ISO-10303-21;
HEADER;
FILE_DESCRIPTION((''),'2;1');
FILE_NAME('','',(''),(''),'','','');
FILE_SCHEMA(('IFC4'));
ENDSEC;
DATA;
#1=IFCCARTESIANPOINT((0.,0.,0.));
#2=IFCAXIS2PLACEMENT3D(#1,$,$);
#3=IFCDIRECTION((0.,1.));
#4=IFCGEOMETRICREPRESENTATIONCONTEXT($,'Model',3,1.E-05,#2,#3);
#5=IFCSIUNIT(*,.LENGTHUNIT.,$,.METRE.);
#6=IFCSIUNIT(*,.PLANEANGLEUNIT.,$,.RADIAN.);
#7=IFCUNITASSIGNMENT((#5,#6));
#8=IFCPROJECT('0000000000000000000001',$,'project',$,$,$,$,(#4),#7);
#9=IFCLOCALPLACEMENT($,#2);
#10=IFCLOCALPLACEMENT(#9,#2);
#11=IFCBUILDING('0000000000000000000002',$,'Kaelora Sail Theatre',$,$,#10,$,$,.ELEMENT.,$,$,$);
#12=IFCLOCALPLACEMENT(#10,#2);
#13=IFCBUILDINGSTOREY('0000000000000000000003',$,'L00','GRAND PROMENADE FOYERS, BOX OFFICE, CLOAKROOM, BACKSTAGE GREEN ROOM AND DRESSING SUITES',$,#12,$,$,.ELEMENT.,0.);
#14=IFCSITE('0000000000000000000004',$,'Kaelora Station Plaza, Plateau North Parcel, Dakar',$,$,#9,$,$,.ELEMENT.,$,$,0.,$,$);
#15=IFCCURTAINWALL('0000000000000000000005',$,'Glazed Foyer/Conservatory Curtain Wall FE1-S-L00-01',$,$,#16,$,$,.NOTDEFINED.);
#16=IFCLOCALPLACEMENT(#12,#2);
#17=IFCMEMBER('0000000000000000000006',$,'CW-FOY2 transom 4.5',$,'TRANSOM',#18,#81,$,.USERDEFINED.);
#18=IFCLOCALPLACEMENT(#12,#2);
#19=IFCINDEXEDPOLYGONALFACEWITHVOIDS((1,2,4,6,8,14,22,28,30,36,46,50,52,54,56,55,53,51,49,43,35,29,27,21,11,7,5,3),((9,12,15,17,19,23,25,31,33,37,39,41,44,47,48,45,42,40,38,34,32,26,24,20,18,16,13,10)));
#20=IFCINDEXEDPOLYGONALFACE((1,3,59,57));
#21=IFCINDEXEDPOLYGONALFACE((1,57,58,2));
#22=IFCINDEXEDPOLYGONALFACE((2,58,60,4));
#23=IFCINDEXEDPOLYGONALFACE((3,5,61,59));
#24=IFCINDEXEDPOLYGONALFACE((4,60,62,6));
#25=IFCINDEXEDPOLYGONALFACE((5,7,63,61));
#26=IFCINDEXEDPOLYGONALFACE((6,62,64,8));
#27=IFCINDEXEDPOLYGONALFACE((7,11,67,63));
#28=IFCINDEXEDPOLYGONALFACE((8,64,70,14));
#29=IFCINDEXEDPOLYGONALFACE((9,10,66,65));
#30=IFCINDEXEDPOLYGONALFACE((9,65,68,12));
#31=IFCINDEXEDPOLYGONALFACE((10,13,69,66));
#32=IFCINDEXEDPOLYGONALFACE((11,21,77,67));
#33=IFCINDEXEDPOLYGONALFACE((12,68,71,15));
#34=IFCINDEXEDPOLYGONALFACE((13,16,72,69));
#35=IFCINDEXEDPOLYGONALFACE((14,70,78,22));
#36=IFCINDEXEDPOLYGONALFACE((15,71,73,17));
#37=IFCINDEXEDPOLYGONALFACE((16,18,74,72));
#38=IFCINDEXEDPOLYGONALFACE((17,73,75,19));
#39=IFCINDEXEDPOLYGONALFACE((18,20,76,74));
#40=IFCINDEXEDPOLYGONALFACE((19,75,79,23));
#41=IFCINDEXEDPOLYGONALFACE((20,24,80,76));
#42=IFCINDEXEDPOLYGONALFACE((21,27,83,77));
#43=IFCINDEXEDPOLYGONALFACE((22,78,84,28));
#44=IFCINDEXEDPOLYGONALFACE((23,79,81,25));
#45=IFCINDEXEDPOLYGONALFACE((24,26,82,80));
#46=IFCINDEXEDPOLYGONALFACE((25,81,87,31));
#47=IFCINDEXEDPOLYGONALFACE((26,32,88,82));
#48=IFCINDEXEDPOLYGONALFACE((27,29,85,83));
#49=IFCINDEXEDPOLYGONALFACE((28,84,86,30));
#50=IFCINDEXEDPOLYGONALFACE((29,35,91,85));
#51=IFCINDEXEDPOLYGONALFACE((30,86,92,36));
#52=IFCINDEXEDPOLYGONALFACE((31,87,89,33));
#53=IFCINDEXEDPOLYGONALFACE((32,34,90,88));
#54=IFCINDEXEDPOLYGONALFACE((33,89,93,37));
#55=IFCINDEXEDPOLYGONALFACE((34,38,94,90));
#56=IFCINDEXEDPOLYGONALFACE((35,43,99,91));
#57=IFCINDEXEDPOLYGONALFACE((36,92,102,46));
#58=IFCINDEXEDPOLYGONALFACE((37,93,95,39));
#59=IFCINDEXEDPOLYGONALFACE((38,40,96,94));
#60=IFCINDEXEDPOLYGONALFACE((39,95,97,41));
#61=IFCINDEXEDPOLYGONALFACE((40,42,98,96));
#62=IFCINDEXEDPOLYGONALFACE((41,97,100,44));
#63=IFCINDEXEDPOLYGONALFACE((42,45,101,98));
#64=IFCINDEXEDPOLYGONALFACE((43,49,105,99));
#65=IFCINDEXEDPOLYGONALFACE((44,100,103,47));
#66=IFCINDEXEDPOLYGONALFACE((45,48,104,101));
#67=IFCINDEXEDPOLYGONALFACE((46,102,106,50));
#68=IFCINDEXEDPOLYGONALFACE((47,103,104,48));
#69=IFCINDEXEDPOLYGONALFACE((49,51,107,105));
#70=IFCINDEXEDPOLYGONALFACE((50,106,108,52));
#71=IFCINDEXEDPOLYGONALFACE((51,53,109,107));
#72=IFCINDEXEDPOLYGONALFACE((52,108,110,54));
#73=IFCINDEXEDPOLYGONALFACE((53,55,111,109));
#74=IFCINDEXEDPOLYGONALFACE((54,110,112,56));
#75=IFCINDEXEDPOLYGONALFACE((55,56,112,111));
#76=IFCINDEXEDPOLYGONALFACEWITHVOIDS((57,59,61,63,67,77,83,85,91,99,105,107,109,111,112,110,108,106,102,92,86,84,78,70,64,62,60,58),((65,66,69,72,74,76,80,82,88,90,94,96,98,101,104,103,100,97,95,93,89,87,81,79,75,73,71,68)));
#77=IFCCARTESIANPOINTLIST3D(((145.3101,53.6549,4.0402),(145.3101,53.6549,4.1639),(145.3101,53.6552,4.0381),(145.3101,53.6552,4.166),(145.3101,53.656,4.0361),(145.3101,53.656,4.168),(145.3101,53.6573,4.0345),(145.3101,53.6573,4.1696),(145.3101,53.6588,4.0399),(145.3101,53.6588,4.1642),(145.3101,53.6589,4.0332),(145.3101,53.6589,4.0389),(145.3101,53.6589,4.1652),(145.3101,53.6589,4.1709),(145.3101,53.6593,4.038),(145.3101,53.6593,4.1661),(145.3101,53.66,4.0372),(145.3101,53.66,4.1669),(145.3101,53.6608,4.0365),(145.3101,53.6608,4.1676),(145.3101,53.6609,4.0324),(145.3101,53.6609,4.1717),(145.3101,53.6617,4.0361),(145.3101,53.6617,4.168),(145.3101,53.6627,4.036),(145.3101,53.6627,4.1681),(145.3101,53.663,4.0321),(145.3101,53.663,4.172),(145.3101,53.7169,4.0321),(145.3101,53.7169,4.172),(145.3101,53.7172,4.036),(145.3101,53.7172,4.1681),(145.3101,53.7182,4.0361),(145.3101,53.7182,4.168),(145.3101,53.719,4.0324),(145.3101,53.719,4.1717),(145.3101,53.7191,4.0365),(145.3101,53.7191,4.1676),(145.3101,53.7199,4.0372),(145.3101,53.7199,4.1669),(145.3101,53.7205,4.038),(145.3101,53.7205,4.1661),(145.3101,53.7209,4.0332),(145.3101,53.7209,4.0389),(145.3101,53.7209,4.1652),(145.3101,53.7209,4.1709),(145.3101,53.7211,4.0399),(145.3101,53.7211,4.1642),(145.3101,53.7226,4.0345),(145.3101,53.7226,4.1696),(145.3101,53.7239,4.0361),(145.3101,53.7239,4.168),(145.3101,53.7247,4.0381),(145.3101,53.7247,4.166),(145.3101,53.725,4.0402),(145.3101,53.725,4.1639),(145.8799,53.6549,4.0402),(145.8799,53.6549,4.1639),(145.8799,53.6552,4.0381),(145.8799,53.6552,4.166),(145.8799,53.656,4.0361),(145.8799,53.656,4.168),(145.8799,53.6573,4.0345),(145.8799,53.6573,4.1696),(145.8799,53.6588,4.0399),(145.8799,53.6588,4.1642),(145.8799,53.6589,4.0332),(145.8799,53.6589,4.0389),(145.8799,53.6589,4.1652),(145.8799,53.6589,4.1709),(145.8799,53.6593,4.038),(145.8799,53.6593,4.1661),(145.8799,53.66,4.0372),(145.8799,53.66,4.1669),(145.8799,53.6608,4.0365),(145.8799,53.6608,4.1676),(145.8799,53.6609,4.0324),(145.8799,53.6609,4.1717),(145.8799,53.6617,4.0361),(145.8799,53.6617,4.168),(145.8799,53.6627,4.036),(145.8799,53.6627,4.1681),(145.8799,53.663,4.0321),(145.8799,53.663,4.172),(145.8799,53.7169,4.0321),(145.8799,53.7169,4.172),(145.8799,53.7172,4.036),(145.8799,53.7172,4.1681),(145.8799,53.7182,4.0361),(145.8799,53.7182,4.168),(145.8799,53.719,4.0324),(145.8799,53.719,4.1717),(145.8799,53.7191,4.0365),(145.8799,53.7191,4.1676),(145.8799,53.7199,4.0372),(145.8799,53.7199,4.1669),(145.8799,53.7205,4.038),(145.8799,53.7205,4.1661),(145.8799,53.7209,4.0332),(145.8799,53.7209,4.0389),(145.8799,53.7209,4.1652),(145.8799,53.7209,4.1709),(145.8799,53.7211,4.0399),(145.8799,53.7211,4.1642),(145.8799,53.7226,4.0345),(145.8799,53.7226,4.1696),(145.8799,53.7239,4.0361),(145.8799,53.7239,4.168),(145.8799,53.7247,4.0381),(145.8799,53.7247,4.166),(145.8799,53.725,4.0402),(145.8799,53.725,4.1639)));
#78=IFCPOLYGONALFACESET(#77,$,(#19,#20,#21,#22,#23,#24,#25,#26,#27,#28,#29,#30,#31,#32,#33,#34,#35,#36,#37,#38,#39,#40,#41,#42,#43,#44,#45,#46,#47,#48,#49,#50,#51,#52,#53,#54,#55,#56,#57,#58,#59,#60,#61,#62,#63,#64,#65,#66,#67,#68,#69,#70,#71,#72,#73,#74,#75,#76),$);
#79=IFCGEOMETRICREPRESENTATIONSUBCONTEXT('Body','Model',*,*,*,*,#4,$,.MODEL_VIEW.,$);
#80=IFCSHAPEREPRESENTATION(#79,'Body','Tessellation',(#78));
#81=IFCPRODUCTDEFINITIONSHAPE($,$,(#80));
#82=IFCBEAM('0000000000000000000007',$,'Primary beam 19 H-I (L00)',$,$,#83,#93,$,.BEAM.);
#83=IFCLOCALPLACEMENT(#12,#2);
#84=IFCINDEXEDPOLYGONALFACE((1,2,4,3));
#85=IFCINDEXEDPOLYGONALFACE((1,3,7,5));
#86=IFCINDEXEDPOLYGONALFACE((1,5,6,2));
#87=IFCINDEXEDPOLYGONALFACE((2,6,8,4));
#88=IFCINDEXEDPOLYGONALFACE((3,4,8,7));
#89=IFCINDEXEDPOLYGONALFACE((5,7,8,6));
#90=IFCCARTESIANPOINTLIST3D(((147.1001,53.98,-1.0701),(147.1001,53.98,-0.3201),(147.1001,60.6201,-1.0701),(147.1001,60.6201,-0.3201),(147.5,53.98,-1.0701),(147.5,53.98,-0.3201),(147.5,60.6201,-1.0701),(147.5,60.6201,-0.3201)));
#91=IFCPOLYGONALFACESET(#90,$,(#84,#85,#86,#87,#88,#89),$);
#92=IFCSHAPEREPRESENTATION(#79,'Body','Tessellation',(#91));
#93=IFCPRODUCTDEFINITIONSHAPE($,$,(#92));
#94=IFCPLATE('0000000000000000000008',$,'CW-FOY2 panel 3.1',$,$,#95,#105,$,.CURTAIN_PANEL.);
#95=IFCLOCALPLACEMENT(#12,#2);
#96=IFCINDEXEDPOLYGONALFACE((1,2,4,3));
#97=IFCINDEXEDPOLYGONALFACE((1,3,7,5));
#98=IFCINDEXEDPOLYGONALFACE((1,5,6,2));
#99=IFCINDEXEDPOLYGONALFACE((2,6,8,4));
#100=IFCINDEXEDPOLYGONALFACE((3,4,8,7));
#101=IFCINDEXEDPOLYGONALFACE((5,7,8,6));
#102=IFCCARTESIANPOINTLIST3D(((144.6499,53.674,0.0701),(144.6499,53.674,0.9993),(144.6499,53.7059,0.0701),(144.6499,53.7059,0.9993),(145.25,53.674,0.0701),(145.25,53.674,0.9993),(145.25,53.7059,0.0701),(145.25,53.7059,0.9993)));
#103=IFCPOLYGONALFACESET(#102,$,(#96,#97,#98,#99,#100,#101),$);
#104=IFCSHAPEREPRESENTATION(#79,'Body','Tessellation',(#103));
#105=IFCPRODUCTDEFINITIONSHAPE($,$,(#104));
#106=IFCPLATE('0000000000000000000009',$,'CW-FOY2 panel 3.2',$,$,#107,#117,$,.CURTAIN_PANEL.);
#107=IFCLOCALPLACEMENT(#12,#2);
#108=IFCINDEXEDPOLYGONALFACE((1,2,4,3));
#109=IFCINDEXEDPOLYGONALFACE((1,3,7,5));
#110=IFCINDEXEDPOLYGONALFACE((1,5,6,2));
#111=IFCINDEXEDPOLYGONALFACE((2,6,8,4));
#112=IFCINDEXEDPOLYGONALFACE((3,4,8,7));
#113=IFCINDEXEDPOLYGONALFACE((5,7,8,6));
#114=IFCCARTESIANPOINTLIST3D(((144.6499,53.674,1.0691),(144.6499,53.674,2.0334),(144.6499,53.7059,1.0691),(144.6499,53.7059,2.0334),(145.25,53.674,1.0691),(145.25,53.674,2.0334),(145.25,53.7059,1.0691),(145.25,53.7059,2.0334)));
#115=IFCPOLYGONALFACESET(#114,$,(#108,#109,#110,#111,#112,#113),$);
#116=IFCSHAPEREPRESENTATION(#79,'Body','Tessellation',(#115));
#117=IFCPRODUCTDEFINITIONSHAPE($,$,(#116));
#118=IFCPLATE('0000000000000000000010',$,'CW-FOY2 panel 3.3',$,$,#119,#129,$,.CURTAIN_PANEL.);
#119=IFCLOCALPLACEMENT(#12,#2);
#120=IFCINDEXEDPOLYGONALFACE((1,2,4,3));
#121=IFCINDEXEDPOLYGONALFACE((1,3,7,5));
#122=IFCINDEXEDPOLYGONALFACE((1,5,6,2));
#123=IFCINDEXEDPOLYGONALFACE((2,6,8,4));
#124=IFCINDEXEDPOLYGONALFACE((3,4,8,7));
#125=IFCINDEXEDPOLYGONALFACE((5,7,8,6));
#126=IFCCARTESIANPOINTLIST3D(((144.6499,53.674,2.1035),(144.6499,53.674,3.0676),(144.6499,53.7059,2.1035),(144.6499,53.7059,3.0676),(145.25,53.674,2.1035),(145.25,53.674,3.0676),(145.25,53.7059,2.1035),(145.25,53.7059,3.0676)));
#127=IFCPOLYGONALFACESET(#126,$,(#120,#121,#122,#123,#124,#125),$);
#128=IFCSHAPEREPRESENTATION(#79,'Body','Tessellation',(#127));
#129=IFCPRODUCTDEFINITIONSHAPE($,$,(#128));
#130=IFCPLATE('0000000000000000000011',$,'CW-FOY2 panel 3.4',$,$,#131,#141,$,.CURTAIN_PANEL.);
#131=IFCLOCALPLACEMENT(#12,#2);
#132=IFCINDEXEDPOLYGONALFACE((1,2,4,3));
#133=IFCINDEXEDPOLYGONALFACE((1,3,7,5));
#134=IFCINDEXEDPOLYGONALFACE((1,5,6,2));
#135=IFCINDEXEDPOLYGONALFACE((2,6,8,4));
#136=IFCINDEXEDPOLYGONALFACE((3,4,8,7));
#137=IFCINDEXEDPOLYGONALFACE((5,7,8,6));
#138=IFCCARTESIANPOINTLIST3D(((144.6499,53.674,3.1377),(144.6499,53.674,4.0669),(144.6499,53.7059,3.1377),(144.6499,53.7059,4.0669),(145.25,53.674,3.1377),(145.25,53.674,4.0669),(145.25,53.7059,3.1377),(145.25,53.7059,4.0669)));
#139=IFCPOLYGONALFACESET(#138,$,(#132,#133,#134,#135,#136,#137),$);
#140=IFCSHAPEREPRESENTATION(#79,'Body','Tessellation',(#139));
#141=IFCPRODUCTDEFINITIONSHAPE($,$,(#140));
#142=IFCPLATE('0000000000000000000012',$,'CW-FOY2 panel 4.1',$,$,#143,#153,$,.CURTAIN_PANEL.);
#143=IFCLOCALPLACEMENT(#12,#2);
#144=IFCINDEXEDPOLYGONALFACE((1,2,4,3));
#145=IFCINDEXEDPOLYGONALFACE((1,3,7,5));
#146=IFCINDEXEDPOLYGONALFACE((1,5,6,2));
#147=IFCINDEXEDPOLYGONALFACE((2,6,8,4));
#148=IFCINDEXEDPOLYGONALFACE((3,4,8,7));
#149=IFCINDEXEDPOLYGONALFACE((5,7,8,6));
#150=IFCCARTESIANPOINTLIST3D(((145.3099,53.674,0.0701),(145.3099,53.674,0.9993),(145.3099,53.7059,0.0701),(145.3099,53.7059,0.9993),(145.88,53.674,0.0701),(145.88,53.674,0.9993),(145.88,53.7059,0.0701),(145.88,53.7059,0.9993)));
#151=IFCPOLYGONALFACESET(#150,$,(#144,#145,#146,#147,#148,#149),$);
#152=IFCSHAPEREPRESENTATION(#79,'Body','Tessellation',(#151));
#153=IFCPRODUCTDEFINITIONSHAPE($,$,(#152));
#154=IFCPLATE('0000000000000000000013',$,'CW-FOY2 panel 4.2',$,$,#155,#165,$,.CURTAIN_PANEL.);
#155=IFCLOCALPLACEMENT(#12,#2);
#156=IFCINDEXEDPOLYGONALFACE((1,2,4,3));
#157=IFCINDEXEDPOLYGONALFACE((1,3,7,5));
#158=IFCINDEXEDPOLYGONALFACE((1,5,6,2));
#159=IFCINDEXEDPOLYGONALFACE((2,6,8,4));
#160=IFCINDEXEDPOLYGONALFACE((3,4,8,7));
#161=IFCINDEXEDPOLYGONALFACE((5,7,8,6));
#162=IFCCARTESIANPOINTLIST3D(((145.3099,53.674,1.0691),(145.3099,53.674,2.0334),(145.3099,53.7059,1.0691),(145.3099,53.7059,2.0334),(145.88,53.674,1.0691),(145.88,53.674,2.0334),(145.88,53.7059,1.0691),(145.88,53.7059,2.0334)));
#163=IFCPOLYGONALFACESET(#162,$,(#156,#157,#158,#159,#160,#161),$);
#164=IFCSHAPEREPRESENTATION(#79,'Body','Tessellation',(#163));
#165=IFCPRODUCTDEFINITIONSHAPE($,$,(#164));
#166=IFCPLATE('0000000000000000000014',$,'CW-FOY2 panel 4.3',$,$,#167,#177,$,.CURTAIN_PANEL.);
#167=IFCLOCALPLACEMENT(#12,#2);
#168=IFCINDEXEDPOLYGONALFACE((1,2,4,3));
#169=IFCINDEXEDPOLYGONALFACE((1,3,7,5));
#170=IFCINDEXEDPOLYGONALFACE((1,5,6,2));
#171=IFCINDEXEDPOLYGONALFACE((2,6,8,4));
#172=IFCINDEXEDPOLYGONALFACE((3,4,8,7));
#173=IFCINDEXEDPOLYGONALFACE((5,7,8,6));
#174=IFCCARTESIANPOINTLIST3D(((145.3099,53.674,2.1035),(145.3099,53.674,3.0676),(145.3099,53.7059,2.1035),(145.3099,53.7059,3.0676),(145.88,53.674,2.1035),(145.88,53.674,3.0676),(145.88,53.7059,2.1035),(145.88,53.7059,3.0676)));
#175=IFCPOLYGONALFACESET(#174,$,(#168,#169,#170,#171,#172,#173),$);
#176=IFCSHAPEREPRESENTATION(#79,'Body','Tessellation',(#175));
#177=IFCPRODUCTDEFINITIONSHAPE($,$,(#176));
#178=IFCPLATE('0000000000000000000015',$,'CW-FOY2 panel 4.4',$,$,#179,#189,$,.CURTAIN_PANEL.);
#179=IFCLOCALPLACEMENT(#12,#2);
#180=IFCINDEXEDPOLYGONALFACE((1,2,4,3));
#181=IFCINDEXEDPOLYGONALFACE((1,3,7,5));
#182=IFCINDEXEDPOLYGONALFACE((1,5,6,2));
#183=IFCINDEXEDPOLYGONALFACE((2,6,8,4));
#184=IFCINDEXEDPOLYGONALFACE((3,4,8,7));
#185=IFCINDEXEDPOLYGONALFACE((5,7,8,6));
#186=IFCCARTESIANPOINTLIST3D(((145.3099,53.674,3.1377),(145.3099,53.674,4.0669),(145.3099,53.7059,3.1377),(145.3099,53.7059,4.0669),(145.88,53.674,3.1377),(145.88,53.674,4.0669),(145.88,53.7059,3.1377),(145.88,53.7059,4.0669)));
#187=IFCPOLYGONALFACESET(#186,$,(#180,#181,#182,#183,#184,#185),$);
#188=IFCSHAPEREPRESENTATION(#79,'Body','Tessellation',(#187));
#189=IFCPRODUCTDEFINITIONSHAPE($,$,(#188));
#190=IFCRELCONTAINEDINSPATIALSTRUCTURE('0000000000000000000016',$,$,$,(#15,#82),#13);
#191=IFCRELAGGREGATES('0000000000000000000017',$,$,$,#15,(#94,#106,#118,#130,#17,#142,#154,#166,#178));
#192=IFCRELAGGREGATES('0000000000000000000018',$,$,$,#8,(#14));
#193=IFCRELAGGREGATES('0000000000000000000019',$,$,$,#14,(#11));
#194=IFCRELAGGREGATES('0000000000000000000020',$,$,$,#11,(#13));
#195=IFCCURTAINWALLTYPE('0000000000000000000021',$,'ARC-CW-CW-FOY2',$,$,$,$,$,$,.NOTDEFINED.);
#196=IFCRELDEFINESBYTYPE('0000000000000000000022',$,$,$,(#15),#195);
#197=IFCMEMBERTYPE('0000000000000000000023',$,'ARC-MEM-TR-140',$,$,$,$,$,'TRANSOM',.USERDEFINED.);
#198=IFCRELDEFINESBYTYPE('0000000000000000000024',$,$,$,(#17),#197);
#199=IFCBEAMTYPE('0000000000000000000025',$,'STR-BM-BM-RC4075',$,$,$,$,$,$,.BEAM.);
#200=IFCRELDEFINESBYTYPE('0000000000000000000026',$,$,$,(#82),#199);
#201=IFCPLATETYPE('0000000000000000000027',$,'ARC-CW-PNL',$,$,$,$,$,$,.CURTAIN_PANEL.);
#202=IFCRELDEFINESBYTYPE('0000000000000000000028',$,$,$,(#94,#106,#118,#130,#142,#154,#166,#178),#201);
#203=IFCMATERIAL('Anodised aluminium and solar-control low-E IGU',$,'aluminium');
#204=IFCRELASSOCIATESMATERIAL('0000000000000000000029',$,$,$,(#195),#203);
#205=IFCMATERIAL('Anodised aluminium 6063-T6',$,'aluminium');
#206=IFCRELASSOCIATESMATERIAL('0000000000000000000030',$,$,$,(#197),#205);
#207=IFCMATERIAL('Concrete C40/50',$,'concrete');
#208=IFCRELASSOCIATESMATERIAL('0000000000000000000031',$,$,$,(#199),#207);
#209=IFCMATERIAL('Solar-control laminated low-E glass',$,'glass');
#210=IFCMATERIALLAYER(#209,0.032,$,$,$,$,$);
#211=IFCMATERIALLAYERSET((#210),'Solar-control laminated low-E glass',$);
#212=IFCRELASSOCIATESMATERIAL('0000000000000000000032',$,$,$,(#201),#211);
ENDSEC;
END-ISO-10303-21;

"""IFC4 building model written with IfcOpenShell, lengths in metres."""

from ifc_helpers import new_model, si_unit, direction, frame, origin, origin_2d, place, context, subcontext, project, spatial, rectangle, hollow_rectangle, extrude, material, layer, layer_set, material_profile, profile_set, type_object, element, aggregate, save


model = new_model("IFC4")

# Units and contexts
model_context = context("Model", 3, precision=1e-05, world=origin(), true_north=direction((0.0, 1.0)))
body_context = subcontext(model_context, "Body", "Model", "MODEL_VIEW")
ifc_project = project(units=[si_unit("LENGTHUNIT", "METRE"), si_unit("PLANEANGLEUNIT", "RADIAN")], contexts=[model_context])

# Site, building, storey
site_placement = place(None, origin())
site = spatial("IfcSite", under=ifc_project, at=site_placement, Name="Kaelora Station Plaza, Plateau North Parcel, Dakar", CompositionType="ELEMENT", RefElevation=0.0)
building_placement = place(site_placement, origin())
building = spatial("IfcBuilding", under=site, at=building_placement, Name="Kaelora Sail Theatre", CompositionType="ELEMENT")
storey_placement = place(building_placement, origin())
storey = spatial("IfcBuildingStorey", under=building, at=storey_placement, Name="L00", Description="GRAND PROMENADE FOYERS, BOX OFFICE, CLOAKROOM, BACKSTAGE GREEN ROOM AND DRESSING SUITES", CompositionType="ELEMENT", Elevation=0.0)

# Curtain wall, member
ifc_material_1 = material(Name="Anodised aluminium and solar-control low-E IGU", Category="aluminium")
curtain_wall_type = type_object("IfcCurtainWallType", Name="ARC-CW-CW-FOY2", PredefinedType="NOTDEFINED", material=ifc_material_1)
curtain_wall_placement = place(storey_placement, origin())
curtain_wall = element("IfcCurtainWall", 1, at=curtain_wall_placement, inside=storey, type_object=curtain_wall_type, Name="Glazed Foyer/Conservatory Curtain Wall FE1-S-L00-01", PredefinedType="NOTDEFINED")
ifc_material_2 = material(Name="Anodised aluminium 6063-T6", Category="aluminium")
ifc_material_profile_1 = material_profile(ifc_material_2, hollow_rectangle(XDim=0.0701, YDim=0.1399, WallThickness=0.0039, InnerFilletRadius=0.0039, OuterFilletRadius=0.0081, at=origin_2d()), Name="ALU-TRAN 70x140x4")
ifc_profile_set_1 = profile_set([ifc_material_profile_1], Name="Anodised aluminium 6063-T6")
member_type_1 = type_object("IfcMemberType", Name="ARC-MEM-TR-140", ElementType="TRANSOM", PredefinedType="USERDEFINED", material=ifc_profile_set_1)
member_1_placement = place(storey_placement, frame((145.3101, 53.6899, 4.1021), z_axis=(1.0, 0.0, 0.0), x_axis=(0.0, 1.0, 0.0)))
member_1 = element("IfcMember", 2, at=member_1_placement, type_object=member_type_1, Name="CW-FOY2 transom 4.5", ObjectType="TRANSOM", PredefinedType="USERDEFINED", context=body_context, shape_type="SweptSolid", body=[
    extrude(hollow_rectangle(XDim=0.0701, YDim=0.1399, WallThickness=0.0039, InnerFilletRadius=0.0039, OuterFilletRadius=0.0081, at=origin_2d()), origin(), (0.0, 0.0, 1.0), 0.5698),
])

# Beam
ifc_material_3 = material(Name="Concrete C40/50", Category="concrete")
ifc_material_profile_2 = material_profile(ifc_material_3, rectangle(XDim=0.3999, YDim=0.75, at=origin_2d()), Name="RC-BM 400x750")
ifc_profile_set_2 = profile_set([ifc_material_profile_2], Name="Concrete C40/50")
beam_type = type_object("IfcBeamType", Name="STR-BM-BM-RC4075", PredefinedType="BEAM", material=ifc_profile_set_2)
beam_placement = place(storey_placement, frame((147.3, 53.98, -0.6951), z_axis=(0.0, 1.0, 0.0), x_axis=(-1.0, 0.0, 0.0)))
element("IfcBeam", 3, at=beam_placement, inside=storey, type_object=beam_type, Name="Primary beam 19 H-I (L00)", PredefinedType="BEAM", context=body_context, shape_type="SweptSolid", body=[
    extrude(rectangle(XDim=0.3999, YDim=0.75, at=origin_2d()), origin(), (0.0, 0.0, 1.0), 6.6401),
])

# Plates
ifc_material_4 = material(Name="Solar-control laminated low-E glass", Category="glass")
ifc_layer_1 = layer(ifc_material_4, 0.032)
ifc_layer_set_1 = layer_set([ifc_layer_1], Name="Solar-control laminated low-E glass")
plate_type = type_object("IfcPlateType", Name="ARC-CW-PNL", PredefinedType="CURTAIN_PANEL", material=ifc_layer_set_1)
plate_1_placement = place(storey_placement, frame((144.95, 53.6899, 0.0701), z_axis=(0.0, 0.0, 1.0), x_axis=(1.0, 0.0, 0.0)))
plate_1 = element("IfcPlate", 4, at=plate_1_placement, type_object=plate_type, Name="CW-FOY2 panel 3.1", PredefinedType="CURTAIN_PANEL", context=body_context, shape_type="SweptSolid", body=[
    extrude(rectangle(XDim=0.6001, YDim=0.032, at=origin_2d()), origin(), (0.0, 0.0, 1.0), 0.9292),
])
plate_2_placement = place(storey_placement, frame((144.95, 53.6899, 1.0691), z_axis=(0.0, 0.0, 1.0), x_axis=(1.0, 0.0, 0.0)))
plate_2 = element("IfcPlate", 5, at=plate_2_placement, type_object=plate_type, Name="CW-FOY2 panel 3.2", PredefinedType="CURTAIN_PANEL", context=body_context, shape_type="SweptSolid", body=[
    extrude(rectangle(XDim=0.6001, YDim=0.032, at=origin_2d()), origin(), (0.0, 0.0, 1.0), 0.9644),
])
plate_3_placement = place(storey_placement, frame((144.95, 53.6899, 2.1035), z_axis=(0.0, 0.0, 1.0), x_axis=(1.0, 0.0, 0.0)))
plate_3 = element("IfcPlate", 6, at=plate_3_placement, type_object=plate_type, Name="CW-FOY2 panel 3.3", PredefinedType="CURTAIN_PANEL", context=body_context, shape_type="SweptSolid", body=[
    extrude(rectangle(XDim=0.6001, YDim=0.032, at=origin_2d()), origin(), (0.0, 0.0, 1.0), 0.9641),
])
plate_4_placement = place(storey_placement, frame((144.95, 53.6899, 3.1377), z_axis=(0.0, 0.0, 1.0), x_axis=(1.0, 0.0, 0.0)))
plate_4 = element("IfcPlate", 7, at=plate_4_placement, type_object=plate_type, Name="CW-FOY2 panel 3.4", PredefinedType="CURTAIN_PANEL", context=body_context, shape_type="SweptSolid", body=[
    extrude(rectangle(XDim=0.6001, YDim=0.032, at=origin_2d()), origin(), (0.0, 0.0, 1.0), 0.9292),
])
plate_5_placement = place(storey_placement, frame((145.595, 53.6899, 0.0701), z_axis=(0.0, 0.0, 1.0), x_axis=(1.0, 0.0, 0.0)))
plate_5 = element("IfcPlate", 8, at=plate_5_placement, type_object=plate_type, Name="CW-FOY2 panel 4.1", PredefinedType="CURTAIN_PANEL", context=body_context, shape_type="SweptSolid", body=[
    extrude(rectangle(XDim=0.5701, YDim=0.032, at=origin_2d()), origin(), (0.0, 0.0, 1.0), 0.9292),
])
plate_6_placement = place(storey_placement, frame((145.595, 53.6899, 1.0691), z_axis=(0.0, 0.0, 1.0), x_axis=(1.0, 0.0, 0.0)))
plate_6 = element("IfcPlate", 9, at=plate_6_placement, type_object=plate_type, Name="CW-FOY2 panel 4.2", PredefinedType="CURTAIN_PANEL", context=body_context, shape_type="SweptSolid", body=[
    extrude(rectangle(XDim=0.5701, YDim=0.032, at=origin_2d()), origin(), (0.0, 0.0, 1.0), 0.9644),
])
plate_7_placement = place(storey_placement, frame((145.595, 53.6899, 2.1035), z_axis=(0.0, 0.0, 1.0), x_axis=(1.0, 0.0, 0.0)))
plate_7 = element("IfcPlate", 10, at=plate_7_placement, type_object=plate_type, Name="CW-FOY2 panel 4.3", PredefinedType="CURTAIN_PANEL", context=body_context, shape_type="SweptSolid", body=[
    extrude(rectangle(XDim=0.5701, YDim=0.032, at=origin_2d()), origin(), (0.0, 0.0, 1.0), 0.9641),
])
plate_8_placement = place(storey_placement, frame((145.595, 53.6899, 3.1377), z_axis=(0.0, 0.0, 1.0), x_axis=(1.0, 0.0, 0.0)))
plate_8 = element("IfcPlate", 11, at=plate_8_placement, type_object=plate_type, Name="CW-FOY2 panel 4.4", PredefinedType="CURTAIN_PANEL", context=body_context, shape_type="SweptSolid", body=[
    extrude(rectangle(XDim=0.5701, YDim=0.032, at=origin_2d()), origin(), (0.0, 0.0, 1.0), 0.9292),
])
aggregate(curtain_wall, [plate_1, plate_2, plate_3, plate_4, member_1, plate_5, plate_6, plate_7, plate_8])

save(model, "model.ifc")
